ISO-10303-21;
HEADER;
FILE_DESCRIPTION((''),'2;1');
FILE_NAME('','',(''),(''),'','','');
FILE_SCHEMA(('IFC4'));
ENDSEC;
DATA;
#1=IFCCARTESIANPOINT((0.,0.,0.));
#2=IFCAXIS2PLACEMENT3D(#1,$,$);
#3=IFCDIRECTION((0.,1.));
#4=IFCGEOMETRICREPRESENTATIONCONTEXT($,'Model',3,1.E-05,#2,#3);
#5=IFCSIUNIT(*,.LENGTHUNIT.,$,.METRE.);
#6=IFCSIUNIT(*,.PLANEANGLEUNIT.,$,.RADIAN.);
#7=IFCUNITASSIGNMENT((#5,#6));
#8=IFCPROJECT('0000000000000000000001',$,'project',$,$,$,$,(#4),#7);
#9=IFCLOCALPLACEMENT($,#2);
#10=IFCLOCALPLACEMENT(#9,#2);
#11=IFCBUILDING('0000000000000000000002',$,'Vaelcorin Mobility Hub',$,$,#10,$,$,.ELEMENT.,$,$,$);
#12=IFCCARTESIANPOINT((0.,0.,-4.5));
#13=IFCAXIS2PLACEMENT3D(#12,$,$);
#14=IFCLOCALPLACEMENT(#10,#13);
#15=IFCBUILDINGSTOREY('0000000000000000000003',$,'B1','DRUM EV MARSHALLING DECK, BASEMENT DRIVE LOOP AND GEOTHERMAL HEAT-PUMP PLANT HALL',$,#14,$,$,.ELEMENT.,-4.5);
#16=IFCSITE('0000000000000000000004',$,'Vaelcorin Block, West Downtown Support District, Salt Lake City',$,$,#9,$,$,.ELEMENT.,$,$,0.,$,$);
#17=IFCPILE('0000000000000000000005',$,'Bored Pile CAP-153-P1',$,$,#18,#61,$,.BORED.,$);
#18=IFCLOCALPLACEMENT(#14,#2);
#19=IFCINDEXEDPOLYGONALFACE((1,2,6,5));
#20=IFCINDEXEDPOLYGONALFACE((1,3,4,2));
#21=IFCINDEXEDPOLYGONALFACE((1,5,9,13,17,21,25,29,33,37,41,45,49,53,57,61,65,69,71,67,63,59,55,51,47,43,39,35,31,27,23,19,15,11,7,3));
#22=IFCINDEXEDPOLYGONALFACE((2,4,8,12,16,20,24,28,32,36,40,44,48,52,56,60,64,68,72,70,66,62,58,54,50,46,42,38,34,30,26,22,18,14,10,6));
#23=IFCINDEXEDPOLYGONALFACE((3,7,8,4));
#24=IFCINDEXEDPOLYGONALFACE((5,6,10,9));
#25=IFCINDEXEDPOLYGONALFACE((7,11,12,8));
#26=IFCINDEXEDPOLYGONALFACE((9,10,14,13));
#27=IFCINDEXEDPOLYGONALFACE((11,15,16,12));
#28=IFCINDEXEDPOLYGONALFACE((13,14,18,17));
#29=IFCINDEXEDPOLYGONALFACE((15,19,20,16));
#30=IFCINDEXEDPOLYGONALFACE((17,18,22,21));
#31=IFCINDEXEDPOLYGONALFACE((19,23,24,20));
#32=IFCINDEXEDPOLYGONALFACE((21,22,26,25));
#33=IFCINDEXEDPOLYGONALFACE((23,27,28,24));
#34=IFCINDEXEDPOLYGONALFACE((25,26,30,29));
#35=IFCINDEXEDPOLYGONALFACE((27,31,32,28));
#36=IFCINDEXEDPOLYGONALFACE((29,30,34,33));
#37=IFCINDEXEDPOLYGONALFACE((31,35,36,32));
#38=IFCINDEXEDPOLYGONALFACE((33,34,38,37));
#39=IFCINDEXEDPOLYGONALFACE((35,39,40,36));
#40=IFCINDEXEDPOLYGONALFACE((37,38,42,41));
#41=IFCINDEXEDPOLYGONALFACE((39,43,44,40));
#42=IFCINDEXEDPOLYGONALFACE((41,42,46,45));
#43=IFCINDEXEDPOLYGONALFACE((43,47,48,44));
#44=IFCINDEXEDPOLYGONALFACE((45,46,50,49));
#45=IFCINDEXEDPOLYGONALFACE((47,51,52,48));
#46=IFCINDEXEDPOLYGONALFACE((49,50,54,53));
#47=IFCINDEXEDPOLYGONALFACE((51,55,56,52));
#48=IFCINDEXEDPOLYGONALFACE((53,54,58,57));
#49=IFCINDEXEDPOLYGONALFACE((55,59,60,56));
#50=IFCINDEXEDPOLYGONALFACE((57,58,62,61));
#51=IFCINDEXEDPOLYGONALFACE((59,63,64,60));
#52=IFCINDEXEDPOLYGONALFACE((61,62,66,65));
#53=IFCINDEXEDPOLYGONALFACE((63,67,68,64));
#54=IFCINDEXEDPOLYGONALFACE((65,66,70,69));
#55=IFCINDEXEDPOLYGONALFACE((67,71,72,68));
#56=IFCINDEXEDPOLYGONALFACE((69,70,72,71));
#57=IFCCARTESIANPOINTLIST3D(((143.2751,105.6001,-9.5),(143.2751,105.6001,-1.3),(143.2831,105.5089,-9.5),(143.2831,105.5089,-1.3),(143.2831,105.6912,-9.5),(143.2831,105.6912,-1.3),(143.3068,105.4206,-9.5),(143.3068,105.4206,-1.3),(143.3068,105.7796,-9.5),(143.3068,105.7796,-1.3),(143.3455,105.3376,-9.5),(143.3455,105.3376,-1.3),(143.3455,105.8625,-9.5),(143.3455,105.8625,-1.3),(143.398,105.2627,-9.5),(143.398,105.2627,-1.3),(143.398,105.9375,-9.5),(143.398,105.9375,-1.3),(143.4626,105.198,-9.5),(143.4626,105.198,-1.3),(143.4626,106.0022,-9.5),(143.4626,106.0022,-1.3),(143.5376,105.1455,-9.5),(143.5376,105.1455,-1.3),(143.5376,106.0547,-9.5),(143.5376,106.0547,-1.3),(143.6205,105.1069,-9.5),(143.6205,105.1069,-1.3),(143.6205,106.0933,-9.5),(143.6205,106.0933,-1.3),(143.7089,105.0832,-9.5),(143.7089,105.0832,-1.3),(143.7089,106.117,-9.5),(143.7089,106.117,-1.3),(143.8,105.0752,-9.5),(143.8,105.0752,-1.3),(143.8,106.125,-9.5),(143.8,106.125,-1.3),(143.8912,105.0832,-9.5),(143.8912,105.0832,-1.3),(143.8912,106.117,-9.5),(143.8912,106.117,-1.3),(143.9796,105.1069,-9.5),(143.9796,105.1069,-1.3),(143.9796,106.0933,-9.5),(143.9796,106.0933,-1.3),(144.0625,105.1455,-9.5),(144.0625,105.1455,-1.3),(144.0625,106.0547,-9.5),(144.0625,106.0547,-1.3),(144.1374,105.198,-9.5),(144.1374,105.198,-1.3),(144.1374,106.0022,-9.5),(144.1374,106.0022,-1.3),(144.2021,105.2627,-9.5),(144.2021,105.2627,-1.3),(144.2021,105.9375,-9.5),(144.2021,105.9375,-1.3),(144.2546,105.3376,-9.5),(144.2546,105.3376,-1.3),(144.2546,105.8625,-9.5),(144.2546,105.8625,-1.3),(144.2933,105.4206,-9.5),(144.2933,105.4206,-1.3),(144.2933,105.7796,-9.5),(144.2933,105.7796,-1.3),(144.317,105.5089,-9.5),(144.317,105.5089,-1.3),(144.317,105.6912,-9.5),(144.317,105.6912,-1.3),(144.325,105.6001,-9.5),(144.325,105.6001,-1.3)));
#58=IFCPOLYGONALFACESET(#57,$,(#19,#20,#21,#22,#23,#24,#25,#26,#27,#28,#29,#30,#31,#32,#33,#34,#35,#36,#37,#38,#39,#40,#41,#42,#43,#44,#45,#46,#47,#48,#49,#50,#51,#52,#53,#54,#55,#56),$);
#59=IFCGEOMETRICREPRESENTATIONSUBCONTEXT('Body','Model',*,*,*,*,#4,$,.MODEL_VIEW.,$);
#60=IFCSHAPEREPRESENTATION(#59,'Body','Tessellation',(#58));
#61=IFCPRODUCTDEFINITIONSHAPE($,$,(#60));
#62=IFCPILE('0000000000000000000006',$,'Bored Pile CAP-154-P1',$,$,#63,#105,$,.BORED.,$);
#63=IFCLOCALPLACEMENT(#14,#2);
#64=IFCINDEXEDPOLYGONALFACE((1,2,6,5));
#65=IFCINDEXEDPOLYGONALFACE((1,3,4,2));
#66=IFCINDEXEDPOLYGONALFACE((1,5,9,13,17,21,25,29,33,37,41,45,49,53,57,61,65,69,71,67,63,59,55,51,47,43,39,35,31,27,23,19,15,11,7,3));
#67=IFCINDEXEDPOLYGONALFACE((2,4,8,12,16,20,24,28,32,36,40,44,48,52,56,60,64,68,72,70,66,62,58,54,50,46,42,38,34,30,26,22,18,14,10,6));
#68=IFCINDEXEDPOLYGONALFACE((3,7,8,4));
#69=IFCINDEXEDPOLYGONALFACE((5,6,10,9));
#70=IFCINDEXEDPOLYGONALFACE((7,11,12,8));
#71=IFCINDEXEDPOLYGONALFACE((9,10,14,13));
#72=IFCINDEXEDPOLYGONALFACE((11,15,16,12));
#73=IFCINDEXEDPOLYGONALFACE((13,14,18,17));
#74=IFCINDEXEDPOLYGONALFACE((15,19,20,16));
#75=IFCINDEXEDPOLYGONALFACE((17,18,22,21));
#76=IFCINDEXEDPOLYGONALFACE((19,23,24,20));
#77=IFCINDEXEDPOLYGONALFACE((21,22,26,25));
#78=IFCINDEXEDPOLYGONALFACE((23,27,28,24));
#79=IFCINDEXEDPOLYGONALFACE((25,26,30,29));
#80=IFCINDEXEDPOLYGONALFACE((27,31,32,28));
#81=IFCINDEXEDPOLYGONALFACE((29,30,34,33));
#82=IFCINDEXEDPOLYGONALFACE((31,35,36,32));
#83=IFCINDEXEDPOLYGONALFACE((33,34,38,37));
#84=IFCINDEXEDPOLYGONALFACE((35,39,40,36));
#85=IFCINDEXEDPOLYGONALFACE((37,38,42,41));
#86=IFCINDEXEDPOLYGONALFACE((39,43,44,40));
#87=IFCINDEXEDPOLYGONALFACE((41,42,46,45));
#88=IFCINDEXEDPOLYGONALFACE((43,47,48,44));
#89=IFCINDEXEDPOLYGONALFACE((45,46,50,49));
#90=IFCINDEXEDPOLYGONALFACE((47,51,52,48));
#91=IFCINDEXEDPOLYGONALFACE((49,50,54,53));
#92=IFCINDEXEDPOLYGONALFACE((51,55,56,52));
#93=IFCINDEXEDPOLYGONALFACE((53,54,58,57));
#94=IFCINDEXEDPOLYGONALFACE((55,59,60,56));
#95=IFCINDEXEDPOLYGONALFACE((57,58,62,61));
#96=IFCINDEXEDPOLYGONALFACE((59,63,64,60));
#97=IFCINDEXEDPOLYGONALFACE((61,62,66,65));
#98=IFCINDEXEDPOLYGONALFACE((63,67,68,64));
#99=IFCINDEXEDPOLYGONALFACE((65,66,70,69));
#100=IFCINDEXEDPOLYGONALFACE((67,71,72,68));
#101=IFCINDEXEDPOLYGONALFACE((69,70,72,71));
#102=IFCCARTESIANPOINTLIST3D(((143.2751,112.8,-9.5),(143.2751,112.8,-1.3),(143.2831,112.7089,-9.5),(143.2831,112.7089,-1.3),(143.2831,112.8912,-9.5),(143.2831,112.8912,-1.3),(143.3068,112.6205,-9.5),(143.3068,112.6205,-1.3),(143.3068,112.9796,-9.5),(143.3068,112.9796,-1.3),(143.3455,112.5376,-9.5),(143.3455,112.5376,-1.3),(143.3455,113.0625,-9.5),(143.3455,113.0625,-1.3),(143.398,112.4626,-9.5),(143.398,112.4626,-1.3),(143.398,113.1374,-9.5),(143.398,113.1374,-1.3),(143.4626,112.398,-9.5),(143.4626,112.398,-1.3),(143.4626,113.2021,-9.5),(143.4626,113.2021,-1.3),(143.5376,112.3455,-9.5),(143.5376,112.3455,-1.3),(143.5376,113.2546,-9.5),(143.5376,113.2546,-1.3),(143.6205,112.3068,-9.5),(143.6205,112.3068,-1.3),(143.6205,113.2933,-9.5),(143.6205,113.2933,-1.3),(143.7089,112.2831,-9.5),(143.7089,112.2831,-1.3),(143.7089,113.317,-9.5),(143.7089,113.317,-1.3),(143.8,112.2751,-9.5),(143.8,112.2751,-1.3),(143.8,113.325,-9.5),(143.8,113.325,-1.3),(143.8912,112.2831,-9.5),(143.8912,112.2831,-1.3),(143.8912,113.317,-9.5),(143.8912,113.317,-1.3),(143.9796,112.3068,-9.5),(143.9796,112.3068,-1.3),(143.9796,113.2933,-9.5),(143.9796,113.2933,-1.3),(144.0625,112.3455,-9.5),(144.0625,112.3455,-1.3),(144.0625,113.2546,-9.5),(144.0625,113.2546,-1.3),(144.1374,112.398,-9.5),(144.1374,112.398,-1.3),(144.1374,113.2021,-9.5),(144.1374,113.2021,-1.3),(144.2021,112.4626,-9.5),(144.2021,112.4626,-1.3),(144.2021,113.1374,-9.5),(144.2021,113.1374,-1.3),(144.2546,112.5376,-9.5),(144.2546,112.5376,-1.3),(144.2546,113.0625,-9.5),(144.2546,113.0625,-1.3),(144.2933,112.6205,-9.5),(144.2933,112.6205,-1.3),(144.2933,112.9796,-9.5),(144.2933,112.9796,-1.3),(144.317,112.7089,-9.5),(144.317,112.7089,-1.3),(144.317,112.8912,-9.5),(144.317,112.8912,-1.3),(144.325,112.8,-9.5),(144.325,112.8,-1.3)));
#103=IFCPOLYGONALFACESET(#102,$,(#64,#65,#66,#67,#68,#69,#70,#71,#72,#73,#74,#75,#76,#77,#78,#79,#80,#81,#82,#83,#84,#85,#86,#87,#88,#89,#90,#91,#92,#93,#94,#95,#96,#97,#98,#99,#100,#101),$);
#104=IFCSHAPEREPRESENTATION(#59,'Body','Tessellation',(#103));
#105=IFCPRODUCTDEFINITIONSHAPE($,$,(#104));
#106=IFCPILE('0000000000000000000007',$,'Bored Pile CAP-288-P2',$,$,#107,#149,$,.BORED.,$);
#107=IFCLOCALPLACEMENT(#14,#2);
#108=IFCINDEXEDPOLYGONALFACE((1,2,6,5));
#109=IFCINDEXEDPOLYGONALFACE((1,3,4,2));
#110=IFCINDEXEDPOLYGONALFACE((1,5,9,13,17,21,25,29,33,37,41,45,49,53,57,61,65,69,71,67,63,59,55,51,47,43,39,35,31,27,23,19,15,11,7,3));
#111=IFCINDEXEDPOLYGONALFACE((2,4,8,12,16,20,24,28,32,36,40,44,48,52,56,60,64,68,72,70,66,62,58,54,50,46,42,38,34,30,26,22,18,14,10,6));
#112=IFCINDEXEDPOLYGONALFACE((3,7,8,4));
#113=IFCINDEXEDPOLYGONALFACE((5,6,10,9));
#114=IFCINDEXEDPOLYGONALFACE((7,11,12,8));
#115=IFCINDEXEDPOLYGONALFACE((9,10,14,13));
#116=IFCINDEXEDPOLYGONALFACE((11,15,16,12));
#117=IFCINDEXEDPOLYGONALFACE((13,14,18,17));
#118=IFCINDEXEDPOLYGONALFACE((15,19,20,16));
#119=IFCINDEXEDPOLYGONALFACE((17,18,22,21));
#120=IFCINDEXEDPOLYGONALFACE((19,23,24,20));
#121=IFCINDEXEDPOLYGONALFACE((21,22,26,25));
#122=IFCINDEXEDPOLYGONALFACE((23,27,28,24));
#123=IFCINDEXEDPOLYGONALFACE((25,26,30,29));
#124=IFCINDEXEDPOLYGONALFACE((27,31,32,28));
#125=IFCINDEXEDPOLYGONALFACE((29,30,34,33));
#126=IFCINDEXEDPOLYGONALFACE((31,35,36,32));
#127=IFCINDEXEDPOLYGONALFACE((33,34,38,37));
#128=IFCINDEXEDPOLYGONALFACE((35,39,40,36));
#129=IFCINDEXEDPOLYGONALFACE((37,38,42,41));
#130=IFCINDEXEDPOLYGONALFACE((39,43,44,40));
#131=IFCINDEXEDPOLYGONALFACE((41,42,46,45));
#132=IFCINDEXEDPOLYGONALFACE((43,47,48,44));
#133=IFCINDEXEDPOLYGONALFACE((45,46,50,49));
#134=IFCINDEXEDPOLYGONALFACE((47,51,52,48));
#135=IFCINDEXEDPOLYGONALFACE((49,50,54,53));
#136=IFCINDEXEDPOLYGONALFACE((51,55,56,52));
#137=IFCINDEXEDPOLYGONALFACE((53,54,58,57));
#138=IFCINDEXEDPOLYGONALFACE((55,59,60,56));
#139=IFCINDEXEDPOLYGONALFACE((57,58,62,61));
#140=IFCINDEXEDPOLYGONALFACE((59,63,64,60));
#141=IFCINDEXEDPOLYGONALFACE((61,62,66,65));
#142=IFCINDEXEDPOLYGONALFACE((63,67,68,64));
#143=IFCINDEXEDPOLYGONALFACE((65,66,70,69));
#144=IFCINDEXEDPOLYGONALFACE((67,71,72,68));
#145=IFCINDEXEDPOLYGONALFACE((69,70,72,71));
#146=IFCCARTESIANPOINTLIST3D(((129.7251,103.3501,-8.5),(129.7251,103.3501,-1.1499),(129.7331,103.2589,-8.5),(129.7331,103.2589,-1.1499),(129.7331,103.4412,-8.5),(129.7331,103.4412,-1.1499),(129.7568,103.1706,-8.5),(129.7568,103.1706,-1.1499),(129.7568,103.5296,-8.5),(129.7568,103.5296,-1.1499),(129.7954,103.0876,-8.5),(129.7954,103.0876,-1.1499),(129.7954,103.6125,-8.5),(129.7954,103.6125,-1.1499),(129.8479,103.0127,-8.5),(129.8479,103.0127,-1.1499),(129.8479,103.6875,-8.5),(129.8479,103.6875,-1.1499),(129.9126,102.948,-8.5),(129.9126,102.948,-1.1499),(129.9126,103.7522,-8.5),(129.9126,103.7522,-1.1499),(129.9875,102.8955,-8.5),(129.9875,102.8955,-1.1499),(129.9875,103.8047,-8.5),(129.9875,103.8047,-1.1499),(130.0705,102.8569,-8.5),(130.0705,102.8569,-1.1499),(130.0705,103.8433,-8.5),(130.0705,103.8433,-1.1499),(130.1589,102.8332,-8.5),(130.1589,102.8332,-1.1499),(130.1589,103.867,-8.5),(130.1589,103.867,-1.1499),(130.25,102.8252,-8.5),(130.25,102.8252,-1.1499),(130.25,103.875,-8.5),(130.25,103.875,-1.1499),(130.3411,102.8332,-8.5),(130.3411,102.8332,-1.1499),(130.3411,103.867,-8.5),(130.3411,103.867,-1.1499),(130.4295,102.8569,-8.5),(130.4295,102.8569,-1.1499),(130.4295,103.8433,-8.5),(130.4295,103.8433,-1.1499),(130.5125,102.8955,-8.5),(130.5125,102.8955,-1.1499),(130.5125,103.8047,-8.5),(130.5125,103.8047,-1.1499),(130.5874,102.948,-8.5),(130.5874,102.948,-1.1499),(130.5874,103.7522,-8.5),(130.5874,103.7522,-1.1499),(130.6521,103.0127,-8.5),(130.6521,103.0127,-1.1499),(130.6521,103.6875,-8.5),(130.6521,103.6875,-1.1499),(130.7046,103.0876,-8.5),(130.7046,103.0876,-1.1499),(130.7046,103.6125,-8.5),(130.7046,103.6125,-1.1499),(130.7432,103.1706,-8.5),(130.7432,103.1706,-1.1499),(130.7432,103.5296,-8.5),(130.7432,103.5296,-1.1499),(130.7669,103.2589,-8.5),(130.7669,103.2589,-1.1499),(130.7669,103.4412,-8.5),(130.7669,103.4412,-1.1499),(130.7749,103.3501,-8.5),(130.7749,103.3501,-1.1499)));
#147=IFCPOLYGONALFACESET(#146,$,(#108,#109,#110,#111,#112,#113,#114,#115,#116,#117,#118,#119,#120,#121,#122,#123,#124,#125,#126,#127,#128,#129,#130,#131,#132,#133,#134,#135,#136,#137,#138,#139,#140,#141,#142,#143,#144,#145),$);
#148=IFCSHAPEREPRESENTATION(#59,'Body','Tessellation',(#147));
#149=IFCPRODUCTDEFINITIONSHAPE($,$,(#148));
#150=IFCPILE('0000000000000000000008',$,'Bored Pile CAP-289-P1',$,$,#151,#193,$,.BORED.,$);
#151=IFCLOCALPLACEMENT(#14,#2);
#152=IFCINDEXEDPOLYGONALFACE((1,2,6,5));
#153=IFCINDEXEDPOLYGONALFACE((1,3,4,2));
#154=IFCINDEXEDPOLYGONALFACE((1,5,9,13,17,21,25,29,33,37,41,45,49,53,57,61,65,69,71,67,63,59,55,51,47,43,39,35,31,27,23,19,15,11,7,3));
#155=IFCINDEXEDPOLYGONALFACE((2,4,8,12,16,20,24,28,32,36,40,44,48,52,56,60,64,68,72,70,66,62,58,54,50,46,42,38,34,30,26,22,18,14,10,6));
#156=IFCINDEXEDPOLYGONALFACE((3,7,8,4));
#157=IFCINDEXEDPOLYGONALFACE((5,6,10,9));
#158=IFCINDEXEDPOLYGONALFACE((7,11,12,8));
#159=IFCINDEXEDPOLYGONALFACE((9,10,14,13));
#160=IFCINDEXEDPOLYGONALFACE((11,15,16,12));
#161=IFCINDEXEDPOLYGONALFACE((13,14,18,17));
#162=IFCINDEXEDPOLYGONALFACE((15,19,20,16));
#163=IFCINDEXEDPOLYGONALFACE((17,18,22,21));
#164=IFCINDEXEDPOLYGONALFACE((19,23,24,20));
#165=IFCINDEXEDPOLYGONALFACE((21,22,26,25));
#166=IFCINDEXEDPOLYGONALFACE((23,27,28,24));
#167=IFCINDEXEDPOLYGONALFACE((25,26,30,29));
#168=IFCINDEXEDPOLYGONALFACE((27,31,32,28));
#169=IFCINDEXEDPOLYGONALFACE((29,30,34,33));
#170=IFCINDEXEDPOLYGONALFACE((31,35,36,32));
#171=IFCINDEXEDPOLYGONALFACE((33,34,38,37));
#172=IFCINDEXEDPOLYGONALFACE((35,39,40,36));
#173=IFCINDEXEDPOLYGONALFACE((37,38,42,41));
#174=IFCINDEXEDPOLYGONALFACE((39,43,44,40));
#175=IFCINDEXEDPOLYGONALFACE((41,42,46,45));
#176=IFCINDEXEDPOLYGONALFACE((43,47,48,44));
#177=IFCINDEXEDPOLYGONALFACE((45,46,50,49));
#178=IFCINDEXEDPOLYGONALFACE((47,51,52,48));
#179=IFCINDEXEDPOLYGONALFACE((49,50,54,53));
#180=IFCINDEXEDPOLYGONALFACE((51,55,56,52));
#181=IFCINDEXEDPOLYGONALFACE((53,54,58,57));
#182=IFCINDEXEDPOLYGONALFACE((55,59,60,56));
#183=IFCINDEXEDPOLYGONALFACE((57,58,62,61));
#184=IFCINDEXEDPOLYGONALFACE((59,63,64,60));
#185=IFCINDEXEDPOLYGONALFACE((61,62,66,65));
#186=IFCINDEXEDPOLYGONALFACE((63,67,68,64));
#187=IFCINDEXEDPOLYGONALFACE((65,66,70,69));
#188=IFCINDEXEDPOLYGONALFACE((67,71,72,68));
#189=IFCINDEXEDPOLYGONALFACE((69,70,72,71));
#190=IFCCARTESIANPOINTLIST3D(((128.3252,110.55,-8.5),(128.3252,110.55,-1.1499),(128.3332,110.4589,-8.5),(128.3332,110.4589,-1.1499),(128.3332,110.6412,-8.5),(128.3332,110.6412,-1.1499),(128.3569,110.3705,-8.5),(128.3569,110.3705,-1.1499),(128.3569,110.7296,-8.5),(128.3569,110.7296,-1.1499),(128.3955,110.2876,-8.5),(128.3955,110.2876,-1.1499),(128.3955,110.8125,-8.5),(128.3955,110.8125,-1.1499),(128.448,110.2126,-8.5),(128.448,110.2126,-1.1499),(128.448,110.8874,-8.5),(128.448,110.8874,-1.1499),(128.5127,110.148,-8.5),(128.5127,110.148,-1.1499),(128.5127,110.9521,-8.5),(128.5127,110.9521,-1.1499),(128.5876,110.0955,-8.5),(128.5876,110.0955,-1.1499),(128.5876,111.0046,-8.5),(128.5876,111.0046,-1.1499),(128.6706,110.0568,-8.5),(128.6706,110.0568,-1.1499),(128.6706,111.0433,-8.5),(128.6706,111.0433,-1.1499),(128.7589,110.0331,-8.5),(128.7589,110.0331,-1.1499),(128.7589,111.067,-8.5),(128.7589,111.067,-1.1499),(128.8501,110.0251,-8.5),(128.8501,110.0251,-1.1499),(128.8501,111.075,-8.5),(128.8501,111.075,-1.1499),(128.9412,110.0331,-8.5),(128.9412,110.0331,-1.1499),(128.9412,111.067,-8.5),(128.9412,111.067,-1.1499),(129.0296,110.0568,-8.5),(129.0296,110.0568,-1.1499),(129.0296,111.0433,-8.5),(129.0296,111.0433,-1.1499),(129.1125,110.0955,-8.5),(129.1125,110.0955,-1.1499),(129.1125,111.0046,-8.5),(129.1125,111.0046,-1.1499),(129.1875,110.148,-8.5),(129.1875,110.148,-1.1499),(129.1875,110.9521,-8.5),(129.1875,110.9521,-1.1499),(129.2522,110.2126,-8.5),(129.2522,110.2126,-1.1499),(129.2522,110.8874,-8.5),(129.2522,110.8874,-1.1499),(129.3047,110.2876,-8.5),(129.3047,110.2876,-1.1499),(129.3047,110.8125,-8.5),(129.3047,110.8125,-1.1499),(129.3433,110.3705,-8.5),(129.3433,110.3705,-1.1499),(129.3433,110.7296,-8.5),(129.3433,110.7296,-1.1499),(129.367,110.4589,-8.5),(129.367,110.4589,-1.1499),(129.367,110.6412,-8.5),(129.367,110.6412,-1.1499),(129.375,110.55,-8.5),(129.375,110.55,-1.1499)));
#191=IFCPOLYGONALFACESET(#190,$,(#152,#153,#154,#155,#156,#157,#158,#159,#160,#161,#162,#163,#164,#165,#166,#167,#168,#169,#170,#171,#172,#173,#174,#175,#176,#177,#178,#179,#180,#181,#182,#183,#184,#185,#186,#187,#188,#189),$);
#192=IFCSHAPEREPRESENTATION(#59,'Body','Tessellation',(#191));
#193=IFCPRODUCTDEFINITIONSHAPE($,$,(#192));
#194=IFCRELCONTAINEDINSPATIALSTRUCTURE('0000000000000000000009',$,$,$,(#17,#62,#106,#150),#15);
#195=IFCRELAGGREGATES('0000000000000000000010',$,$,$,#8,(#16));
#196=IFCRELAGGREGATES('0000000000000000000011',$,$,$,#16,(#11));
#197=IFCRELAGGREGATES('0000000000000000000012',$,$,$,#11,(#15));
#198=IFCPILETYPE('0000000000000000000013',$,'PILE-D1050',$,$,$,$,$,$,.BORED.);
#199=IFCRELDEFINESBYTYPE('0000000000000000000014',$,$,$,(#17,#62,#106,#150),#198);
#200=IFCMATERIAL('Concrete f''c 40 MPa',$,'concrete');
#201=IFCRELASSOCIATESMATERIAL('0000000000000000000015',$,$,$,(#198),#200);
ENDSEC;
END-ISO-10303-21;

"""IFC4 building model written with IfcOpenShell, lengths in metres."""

from ifc_helpers import new_model, si_unit, direction, frame, origin, origin_2d, place, context, subcontext, project, spatial, circle, extrude, material, material_profile, profile_set, type_object, element, save


model = new_model("IFC4")

# Units and contexts
model_context = context("Model", 3, precision=1e-05, world=origin(), true_north=direction((0.0, 1.0)))
body_context = subcontext(model_context, "Body", "Model", "MODEL_VIEW")
ifc_project = project(units=[si_unit("LENGTHUNIT", "METRE"), si_unit("PLANEANGLEUNIT", "RADIAN")], contexts=[model_context])

# Site, building, storey
site_placement = place(None, origin())
site = spatial("IfcSite", under=ifc_project, at=site_placement, Name="Vaelcorin Block, West Downtown Support District, Salt Lake City", CompositionType="ELEMENT", RefElevation=0.0)
building_placement = place(site_placement, origin())
building = spatial("IfcBuilding", under=site, at=building_placement, Name="Vaelcorin Mobility Hub", CompositionType="ELEMENT")
storey_placement = place(building_placement, frame((0.0, 0.0, -4.5)))
storey = spatial("IfcBuildingStorey", under=building, at=storey_placement, Name="B1", Description="DRUM EV MARSHALLING DECK, BASEMENT DRIVE LOOP AND GEOTHERMAL HEAT-PUMP PLANT HALL", CompositionType="ELEMENT", Elevation=-4.5)

# Shared definitions
ifc_material_1 = material(Name="Concrete f'c 40 MPa", Category="concrete")

# Piles
ifc_material_profile_1 = material_profile(ifc_material_1, circle(Radius=0.5249, at=origin_2d()), Name="BP-D1050")
ifc_profile_set_1 = profile_set([ifc_material_profile_1], Name="Concrete f'c 40 MPa")
pile_type = type_object("IfcPileType", Name="PILE-D1050", PredefinedType="BORED", material=ifc_profile_set_1)
for number, where, z_axis, x_axis, name in (
    (1, (143.8, 105.6001, -1.3), (0.0, 0.0, -1.0), (1.0, 0.0, 0.0), "Bored Pile CAP-153-P1"),
    (2, (143.8, 112.8, -1.3), (0.0, 0.0, -1.0), (1.0, 0.0, 0.0), "Bored Pile CAP-154-P1"),
):
    element("IfcPile", number, at=place(storey_placement, frame(where, z_axis=z_axis, x_axis=x_axis)), inside=storey, type_object=pile_type, Name=name, PredefinedType="BORED", context=body_context, shape_type="SweptSolid", body=[
        extrude(circle(Radius=0.5249, at=origin_2d()), origin(), (0.0, 0.0, 1.0), 8.2),
    ])
for number, where, z_axis, x_axis, name in (
    (3, (130.25, 103.3501, -1.1499), (0.0, 0.0, -1.0), (1.0, 0.0, 0.0), "Bored Pile CAP-288-P2"),
    (4, (128.8501, 110.55, -1.1499), (0.0, 0.0, -1.0), (1.0, 0.0, 0.0), "Bored Pile CAP-289-P1"),
):
    element("IfcPile", number, at=place(storey_placement, frame(where, z_axis=z_axis, x_axis=x_axis)), inside=storey, type_object=pile_type, Name=name, PredefinedType="BORED", context=body_context, shape_type="SweptSolid", body=[
        extrude(circle(Radius=0.5249, at=origin_2d()), origin(), (0.0, 0.0, 1.0), 7.3501),
    ])

save(model, "model.ifc")
